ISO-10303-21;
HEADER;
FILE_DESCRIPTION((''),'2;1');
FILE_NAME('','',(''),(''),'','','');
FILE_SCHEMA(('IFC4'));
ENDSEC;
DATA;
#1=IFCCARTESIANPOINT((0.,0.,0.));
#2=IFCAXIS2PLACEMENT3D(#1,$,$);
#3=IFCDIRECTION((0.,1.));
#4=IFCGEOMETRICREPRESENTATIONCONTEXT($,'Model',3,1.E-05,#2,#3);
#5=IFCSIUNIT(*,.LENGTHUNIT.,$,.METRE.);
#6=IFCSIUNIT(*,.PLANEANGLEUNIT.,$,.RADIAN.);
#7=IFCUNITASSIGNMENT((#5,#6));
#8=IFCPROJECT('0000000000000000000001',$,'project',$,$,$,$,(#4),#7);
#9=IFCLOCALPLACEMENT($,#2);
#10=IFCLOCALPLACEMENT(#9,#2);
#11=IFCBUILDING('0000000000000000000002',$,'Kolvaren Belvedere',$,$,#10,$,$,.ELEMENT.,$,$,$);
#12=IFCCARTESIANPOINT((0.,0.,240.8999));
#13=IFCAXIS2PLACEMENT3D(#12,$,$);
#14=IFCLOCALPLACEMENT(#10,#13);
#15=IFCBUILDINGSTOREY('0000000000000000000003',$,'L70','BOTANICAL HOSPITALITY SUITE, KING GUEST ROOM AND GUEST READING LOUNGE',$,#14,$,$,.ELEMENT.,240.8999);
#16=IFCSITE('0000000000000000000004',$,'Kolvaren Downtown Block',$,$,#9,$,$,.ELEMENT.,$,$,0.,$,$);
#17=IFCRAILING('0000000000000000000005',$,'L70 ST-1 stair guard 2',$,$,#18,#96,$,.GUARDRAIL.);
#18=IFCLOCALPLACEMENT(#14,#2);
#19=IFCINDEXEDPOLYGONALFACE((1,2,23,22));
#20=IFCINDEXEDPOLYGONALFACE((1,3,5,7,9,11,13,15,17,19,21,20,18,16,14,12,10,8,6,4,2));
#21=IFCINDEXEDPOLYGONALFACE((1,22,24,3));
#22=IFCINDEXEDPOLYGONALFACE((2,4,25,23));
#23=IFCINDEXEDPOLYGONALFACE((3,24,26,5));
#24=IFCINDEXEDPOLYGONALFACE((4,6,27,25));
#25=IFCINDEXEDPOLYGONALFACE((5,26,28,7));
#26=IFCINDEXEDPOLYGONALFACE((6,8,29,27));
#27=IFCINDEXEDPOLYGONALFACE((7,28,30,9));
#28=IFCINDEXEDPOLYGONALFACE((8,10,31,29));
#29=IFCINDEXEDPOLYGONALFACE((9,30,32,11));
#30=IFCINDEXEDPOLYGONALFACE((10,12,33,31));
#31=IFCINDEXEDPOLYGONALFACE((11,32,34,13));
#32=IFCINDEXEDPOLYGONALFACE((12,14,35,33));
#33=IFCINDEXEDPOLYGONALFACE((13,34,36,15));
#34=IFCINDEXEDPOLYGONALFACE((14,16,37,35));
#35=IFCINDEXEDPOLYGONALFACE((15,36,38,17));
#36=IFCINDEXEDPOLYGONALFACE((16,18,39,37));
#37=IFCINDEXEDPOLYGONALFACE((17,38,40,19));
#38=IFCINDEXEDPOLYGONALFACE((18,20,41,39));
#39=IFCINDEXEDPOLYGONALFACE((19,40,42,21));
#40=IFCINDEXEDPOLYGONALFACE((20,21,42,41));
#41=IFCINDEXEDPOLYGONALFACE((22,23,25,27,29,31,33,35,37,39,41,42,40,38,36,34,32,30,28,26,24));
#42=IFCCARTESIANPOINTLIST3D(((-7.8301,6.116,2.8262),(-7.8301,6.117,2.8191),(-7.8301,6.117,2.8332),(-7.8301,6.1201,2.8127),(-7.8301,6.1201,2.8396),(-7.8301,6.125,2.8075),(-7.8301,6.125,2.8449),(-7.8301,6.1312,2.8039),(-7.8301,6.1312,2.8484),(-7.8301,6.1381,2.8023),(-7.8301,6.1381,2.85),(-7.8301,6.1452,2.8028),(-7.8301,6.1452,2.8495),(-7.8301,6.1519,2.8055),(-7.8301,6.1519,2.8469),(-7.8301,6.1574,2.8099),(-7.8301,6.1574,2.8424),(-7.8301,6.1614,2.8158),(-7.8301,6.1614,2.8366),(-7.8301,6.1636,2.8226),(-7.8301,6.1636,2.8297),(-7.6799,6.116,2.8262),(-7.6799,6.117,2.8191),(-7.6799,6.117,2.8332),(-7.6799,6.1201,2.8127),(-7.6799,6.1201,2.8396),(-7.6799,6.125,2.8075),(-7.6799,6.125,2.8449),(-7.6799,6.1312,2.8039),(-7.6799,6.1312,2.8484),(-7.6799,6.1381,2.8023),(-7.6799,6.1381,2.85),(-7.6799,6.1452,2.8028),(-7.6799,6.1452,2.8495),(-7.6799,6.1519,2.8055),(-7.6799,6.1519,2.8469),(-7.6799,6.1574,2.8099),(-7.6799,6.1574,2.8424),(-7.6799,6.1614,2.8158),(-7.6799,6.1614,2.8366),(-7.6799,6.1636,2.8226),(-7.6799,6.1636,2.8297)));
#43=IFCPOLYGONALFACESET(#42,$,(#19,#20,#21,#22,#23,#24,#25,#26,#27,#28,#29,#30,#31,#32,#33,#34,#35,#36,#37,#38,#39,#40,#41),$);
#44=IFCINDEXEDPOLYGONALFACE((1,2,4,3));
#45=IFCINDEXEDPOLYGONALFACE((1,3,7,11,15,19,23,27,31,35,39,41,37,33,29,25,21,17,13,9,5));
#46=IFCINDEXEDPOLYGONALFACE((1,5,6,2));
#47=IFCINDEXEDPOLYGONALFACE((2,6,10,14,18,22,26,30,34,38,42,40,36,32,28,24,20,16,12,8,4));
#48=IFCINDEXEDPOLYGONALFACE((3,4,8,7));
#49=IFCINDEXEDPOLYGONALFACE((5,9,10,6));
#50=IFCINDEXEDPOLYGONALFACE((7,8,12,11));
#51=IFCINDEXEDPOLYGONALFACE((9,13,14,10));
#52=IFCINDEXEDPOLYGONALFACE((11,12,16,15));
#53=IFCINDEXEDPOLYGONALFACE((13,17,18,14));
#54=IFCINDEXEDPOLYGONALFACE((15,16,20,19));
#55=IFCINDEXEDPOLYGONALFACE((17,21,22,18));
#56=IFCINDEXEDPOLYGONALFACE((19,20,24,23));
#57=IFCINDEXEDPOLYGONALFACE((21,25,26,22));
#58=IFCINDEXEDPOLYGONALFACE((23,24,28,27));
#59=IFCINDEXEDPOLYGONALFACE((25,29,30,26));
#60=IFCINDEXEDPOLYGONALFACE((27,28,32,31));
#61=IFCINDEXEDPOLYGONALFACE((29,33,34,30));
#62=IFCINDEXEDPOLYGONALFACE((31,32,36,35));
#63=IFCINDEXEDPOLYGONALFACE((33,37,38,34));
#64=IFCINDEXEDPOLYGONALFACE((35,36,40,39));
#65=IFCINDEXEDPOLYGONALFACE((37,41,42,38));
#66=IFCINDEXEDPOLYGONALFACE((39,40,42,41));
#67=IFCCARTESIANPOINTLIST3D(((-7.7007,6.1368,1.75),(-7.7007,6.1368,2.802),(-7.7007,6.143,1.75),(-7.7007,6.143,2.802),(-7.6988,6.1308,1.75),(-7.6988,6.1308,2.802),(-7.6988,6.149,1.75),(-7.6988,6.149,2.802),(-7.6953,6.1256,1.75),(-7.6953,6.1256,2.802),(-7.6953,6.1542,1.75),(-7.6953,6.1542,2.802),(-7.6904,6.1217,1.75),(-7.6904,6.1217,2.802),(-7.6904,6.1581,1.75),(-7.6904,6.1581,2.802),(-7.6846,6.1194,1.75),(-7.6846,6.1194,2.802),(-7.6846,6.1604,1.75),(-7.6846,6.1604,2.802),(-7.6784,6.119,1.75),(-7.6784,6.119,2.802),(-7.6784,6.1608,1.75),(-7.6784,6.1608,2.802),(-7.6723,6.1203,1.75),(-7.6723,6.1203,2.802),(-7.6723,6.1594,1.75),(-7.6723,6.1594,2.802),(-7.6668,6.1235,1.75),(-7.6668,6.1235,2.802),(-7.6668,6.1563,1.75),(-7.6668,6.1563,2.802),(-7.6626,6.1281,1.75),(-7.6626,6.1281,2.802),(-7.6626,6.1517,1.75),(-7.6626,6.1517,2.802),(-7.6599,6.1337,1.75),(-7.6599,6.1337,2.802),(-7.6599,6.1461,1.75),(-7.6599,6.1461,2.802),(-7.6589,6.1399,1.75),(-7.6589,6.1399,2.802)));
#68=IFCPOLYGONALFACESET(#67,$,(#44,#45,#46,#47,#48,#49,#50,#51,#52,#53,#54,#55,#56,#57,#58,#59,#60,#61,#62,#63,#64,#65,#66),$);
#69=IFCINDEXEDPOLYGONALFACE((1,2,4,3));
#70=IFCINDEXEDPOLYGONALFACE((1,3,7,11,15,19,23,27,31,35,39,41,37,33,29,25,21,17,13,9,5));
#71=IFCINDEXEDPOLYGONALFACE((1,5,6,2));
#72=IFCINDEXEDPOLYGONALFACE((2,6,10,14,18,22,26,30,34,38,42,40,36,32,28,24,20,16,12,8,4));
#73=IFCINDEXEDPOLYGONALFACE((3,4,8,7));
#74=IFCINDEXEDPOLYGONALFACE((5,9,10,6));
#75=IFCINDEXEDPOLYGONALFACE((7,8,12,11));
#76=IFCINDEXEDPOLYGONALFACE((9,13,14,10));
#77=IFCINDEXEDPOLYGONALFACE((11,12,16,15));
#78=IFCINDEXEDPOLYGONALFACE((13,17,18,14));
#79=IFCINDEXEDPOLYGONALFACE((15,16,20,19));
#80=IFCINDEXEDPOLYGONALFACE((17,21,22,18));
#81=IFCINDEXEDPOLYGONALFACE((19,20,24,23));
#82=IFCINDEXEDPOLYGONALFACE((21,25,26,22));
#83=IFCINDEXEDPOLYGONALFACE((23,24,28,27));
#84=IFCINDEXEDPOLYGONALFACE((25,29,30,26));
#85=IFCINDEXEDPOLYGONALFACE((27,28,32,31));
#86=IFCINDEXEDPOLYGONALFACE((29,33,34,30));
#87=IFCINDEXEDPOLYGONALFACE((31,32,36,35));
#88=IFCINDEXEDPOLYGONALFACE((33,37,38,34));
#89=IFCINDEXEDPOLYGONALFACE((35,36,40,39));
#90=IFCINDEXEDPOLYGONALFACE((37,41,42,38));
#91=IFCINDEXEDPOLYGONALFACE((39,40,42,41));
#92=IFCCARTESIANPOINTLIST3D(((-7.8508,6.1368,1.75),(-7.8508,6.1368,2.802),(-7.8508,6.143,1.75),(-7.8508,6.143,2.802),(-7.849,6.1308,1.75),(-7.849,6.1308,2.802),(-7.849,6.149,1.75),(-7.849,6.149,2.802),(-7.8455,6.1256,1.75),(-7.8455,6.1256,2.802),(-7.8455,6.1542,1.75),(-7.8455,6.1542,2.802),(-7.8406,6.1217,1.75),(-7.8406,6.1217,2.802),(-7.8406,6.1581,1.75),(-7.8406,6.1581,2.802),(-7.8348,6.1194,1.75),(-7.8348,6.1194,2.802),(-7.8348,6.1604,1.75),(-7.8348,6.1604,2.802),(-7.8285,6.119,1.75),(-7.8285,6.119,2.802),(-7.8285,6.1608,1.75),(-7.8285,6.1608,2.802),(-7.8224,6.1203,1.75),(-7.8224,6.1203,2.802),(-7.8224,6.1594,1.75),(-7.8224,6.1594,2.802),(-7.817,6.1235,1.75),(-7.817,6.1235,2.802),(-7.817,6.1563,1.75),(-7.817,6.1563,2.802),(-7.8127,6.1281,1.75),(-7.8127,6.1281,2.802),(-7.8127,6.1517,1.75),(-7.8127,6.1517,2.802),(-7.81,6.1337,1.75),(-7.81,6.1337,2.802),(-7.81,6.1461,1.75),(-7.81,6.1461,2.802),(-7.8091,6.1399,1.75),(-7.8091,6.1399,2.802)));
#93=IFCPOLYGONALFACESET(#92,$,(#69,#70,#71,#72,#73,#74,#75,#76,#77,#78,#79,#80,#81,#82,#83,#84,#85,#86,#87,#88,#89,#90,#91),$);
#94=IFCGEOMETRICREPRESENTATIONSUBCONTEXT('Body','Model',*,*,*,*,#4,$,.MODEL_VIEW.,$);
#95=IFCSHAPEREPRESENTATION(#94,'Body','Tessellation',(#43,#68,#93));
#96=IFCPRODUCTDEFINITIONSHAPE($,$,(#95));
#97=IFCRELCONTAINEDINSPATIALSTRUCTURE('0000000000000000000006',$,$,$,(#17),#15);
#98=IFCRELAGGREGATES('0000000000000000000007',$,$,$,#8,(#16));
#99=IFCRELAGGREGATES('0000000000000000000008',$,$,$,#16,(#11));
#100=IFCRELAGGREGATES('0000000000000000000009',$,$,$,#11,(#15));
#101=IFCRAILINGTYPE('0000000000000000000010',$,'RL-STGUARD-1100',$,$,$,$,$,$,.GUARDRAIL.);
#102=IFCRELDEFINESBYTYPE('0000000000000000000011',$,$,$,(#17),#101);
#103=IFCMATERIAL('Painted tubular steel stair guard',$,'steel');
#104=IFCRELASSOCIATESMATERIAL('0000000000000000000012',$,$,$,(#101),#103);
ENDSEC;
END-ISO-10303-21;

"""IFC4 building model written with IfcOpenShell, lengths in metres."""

from ifc_helpers import new_model, si_unit, direction, frame, origin, origin_2d, place, context, subcontext, project, spatial, circle, extrude, material, type_object, element, save


model = new_model("IFC4")

# Units and contexts
model_context = context("Model", 3, precision=1e-05, world=origin(), true_north=direction((0.0, 1.0)))
body_context = subcontext(model_context, "Body", "Model", "MODEL_VIEW")
ifc_project = project(units=[si_unit("LENGTHUNIT", "METRE"), si_unit("PLANEANGLEUNIT", "RADIAN")], contexts=[model_context])

# Site, building, storey
site_placement = place(None, origin())
site = spatial("IfcSite", under=ifc_project, at=site_placement, Name="Kolvaren Downtown Block", CompositionType="ELEMENT", RefElevation=0.0)
building_placement = place(site_placement, origin())
building = spatial("IfcBuilding", under=site, at=building_placement, Name="Kolvaren Belvedere", CompositionType="ELEMENT")
storey_placement = place(building_placement, frame((0.0, 0.0, 240.8999)))
storey = spatial("IfcBuildingStorey", under=building, at=storey_placement, Name="L70", Description="BOTANICAL HOSPITALITY SUITE, KING GUEST ROOM AND GUEST READING LOUNGE", CompositionType="ELEMENT", Elevation=240.8999)

# Railing
ifc_material_1 = material(Name="Painted tubular steel stair guard", Category="steel")
railing_type_1 = type_object("IfcRailingType", Name="RL-STGUARD-1100", PredefinedType="GUARDRAIL", material=ifc_material_1)
railing_1_placement = place(storey_placement, frame((-7.6799, 6.1399, 1.75)))
element("IfcRailing", 1, at=railing_1_placement, inside=storey, type_object=railing_type_1, Name="L70 ST-1 stair guard 2", PredefinedType="GUARDRAIL", context=body_context, shape_type="SweptSolid", body=[
    extrude(circle(Radius=0.0239, at=origin_2d()), frame((0.0, 0.0, 1.0762), z_axis=(-1.0, 0.0, 0.0), x_axis=(0.0, -1.0, 0.0)), (0.0, 0.0, 1.0), 0.1501),
    extrude(circle(Radius=0.021, at=origin_2d()), origin(), (0.0, 0.0, 1.0), 1.052),
    extrude(circle(Radius=0.021, at=origin_2d()), frame((-0.1501, 0.0, 0.0)), (0.0, 0.0, 1.0), 1.052),
])

save(model, "model.ifc")
